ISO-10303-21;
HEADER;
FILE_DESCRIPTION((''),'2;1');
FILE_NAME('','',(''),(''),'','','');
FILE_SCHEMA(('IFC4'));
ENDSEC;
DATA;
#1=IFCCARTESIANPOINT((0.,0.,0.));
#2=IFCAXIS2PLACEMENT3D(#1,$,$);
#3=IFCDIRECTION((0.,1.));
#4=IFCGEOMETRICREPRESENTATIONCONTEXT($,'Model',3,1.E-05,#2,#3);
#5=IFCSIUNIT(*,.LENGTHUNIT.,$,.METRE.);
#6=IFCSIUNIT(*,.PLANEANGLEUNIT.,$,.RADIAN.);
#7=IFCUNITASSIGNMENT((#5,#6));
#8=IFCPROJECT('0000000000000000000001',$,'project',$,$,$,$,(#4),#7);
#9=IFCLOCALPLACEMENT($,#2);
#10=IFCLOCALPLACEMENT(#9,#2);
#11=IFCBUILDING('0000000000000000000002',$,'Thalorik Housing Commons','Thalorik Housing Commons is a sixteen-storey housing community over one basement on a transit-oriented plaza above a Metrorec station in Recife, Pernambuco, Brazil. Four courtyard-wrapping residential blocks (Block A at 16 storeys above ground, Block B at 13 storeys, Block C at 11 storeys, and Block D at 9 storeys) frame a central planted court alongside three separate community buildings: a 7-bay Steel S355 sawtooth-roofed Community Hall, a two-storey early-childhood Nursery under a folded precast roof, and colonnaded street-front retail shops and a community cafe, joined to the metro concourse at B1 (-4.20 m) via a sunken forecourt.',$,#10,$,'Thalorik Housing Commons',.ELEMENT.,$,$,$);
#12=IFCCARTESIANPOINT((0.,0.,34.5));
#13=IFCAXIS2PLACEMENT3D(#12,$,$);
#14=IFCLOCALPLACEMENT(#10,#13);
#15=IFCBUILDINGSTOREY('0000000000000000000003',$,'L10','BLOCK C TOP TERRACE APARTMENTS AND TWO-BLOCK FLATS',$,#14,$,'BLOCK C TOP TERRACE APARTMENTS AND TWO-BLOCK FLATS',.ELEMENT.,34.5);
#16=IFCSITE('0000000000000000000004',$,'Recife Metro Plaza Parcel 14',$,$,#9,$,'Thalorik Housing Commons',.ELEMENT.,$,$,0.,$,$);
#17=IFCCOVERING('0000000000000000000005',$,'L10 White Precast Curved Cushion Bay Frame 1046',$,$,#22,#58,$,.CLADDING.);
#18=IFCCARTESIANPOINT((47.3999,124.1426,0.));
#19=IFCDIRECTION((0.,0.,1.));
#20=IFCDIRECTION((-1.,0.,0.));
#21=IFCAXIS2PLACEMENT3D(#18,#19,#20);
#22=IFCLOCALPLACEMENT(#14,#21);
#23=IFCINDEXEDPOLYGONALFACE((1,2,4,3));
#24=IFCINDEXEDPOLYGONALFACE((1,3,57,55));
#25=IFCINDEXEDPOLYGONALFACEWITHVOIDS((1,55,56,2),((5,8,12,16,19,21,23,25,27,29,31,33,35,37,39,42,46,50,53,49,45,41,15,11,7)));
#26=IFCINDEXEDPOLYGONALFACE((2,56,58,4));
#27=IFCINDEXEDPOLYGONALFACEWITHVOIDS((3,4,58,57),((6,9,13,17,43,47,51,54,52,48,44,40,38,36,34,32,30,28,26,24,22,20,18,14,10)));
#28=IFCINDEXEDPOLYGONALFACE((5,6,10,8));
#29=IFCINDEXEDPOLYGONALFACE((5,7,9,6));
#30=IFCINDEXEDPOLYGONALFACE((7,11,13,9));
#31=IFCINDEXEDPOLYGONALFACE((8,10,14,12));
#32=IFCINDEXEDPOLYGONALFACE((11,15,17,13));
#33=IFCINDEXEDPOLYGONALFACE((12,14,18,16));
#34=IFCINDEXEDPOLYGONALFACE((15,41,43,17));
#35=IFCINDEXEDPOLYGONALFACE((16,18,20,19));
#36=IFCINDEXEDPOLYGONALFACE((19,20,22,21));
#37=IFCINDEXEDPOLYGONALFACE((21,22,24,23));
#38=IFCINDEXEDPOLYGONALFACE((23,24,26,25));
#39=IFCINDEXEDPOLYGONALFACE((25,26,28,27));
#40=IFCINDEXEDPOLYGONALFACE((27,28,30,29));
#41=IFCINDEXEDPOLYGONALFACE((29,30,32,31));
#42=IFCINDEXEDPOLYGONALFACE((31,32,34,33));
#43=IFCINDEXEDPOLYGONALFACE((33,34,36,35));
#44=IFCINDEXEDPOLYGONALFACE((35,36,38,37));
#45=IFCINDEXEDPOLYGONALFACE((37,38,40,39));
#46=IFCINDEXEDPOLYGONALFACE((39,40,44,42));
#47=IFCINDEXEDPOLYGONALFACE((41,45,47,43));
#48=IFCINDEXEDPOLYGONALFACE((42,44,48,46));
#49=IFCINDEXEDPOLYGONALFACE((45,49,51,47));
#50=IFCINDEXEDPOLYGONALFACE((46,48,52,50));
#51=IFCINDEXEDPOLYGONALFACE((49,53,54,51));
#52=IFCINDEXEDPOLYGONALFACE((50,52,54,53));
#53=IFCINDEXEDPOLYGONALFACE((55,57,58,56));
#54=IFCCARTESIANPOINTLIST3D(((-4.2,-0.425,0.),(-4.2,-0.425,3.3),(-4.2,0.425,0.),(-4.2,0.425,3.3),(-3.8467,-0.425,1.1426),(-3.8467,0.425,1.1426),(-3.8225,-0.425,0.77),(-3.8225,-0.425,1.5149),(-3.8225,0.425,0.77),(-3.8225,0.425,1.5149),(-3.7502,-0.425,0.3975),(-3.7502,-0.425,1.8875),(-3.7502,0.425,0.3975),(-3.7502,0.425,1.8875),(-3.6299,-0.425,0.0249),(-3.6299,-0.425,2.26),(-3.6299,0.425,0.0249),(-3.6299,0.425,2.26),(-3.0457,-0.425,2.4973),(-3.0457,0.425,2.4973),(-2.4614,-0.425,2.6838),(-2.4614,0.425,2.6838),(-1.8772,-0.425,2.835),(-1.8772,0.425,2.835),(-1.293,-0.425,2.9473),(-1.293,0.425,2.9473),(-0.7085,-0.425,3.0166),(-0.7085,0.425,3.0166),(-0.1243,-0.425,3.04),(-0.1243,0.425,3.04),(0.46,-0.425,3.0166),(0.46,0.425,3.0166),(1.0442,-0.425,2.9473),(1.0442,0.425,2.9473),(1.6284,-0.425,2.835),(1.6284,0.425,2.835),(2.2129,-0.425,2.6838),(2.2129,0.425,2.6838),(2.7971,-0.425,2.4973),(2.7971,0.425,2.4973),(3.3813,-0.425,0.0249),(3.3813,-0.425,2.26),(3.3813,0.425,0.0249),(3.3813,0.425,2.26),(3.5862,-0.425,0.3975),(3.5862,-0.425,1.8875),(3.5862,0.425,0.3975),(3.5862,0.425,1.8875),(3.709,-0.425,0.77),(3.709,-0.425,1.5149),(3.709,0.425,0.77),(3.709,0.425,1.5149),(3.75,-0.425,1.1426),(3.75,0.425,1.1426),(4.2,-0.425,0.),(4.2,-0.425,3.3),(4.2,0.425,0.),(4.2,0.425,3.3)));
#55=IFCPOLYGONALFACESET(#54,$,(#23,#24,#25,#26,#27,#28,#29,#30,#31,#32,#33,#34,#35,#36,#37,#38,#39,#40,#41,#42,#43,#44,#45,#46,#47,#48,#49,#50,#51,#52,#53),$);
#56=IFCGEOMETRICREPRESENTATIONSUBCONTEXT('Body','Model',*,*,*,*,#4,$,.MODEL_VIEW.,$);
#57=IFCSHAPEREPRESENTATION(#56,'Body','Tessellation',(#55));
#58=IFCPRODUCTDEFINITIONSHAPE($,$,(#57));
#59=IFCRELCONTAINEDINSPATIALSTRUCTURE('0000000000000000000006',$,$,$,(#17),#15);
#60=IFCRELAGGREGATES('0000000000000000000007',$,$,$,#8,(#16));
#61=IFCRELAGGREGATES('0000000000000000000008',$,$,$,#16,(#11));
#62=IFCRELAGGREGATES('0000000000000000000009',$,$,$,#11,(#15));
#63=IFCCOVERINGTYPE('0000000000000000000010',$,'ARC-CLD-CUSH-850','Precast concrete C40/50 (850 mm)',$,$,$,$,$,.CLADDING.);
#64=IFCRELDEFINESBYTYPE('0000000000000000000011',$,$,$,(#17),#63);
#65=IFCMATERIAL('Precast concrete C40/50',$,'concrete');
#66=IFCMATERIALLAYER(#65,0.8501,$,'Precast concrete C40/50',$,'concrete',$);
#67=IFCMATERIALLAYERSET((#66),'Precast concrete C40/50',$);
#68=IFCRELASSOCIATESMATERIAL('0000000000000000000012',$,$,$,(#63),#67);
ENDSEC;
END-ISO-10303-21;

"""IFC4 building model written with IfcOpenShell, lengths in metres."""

from ifc_helpers import new_model, si_unit, direction, frame, origin, place, context, subcontext, project, spatial, polyline, outline, extrude, material, layer, layer_set, type_object, element, save


model = new_model("IFC4")

# Units and contexts
model_context = context("Model", 3, precision=1e-05, world=origin(), true_north=direction((0.0, 1.0)))
body_context = subcontext(model_context, "Body", "Model", "MODEL_VIEW")
ifc_project = project(units=[si_unit("LENGTHUNIT", "METRE"), si_unit("PLANEANGLEUNIT", "RADIAN")], contexts=[model_context])

# Site, building, storey
site_placement = place(None, origin())
site = spatial("IfcSite", under=ifc_project, at=site_placement, Name="Recife Metro Plaza Parcel 14", LongName="Thalorik Housing Commons", CompositionType="ELEMENT", RefElevation=0.0)
building_placement = place(site_placement, origin())
building = spatial("IfcBuilding", under=site, at=building_placement, Name="Thalorik Housing Commons", Description="Thalorik Housing Commons is a sixteen-storey housing community over one basement on a transit-oriented plaza above a Metrorec station in Recife, Pernambuco, Brazil. Four courtyard-wrapping residential blocks (Block A at 16 storeys above ground, Block B at 13 storeys, Block C at 11 storeys, and Block D at 9 storeys) frame a central planted court alongside three separate community buildings: a 7-bay Steel S355 sawtooth-roofed Community Hall, a two-storey early-childhood Nursery under a folded precast roof, and colonnaded street-front retail shops and a community cafe, joined to the metro concourse at B1 (-4.20 m) via a sunken forecourt.", LongName="Thalorik Housing Commons", CompositionType="ELEMENT")
storey_placement = place(building_placement, frame((0.0, 0.0, 34.5)))
storey = spatial("IfcBuildingStorey", under=building, at=storey_placement, Name="L10", Description="BLOCK C TOP TERRACE APARTMENTS AND TWO-BLOCK FLATS", LongName="BLOCK C TOP TERRACE APARTMENTS AND TWO-BLOCK FLATS", CompositionType="ELEMENT", Elevation=34.5)

# Shared definitions
ifc_material_1 = material(Name="Precast concrete C40/50", Category="concrete")

# Covering
ifc_layer_1 = layer(ifc_material_1, 0.8501, Name="Precast concrete C40/50", Category="concrete")
ifc_layer_set_1 = layer_set([ifc_layer_1], Name="Precast concrete C40/50")
covering_type_1 = type_object("IfcCoveringType", Name="ARC-CLD-CUSH-850", Description="Precast concrete C40/50 (850 mm)", PredefinedType="CLADDING", material=ifc_layer_set_1)
covering_1_placement = place(storey_placement, frame((47.3999, 124.1426, 0.0), z_axis=(0.0, 0.0, 1.0), x_axis=(-1.0, 0.0, 0.0)))
element("IfcCovering", 1, at=covering_1_placement, inside=storey, type_object=covering_type_1, Name="L10 White Precast Curved Cushion Bay Frame 1046", PredefinedType="CLADDING", context=body_context, shape_type="SweptSolid", body=[
    extrude(outline(polyline([(-4.2, 0.0), (4.2, 0.0), (4.2, 3.3), (-4.2, 3.3), (-4.2, 0.0)]), holes=[polyline([(3.3813, 0.0249), (3.5862, 0.3975), (3.709, 0.77), (3.75, 1.1426), (3.709, 1.5149), (3.5862, 1.8875), (3.3813, 2.26), (2.7971, 2.4973), (2.2129, 2.6838), (1.6284, 2.835), (1.0442, 2.9473), (0.46, 3.0166), (-0.1243, 3.04), (-0.7085, 3.0166), (-1.293, 2.9473), (-1.8772, 2.835), (-2.4614, 2.6838), (-3.0457, 2.4973), (-3.6299, 2.26), (-3.7502, 1.8875), (-3.8225, 1.5149), (-3.8467, 1.1426), (-3.8225, 0.77), (-3.7502, 0.3975), (-3.6299, 0.0249), (3.3813, 0.0249)])]), frame((0.0, 0.425, 0.0), z_axis=(0.0, -1.0, 0.0), x_axis=(1.0, 0.0, 0.0)), (0.0, 0.0, 1.0), 0.8501),
])

save(model, "model.ifc")
